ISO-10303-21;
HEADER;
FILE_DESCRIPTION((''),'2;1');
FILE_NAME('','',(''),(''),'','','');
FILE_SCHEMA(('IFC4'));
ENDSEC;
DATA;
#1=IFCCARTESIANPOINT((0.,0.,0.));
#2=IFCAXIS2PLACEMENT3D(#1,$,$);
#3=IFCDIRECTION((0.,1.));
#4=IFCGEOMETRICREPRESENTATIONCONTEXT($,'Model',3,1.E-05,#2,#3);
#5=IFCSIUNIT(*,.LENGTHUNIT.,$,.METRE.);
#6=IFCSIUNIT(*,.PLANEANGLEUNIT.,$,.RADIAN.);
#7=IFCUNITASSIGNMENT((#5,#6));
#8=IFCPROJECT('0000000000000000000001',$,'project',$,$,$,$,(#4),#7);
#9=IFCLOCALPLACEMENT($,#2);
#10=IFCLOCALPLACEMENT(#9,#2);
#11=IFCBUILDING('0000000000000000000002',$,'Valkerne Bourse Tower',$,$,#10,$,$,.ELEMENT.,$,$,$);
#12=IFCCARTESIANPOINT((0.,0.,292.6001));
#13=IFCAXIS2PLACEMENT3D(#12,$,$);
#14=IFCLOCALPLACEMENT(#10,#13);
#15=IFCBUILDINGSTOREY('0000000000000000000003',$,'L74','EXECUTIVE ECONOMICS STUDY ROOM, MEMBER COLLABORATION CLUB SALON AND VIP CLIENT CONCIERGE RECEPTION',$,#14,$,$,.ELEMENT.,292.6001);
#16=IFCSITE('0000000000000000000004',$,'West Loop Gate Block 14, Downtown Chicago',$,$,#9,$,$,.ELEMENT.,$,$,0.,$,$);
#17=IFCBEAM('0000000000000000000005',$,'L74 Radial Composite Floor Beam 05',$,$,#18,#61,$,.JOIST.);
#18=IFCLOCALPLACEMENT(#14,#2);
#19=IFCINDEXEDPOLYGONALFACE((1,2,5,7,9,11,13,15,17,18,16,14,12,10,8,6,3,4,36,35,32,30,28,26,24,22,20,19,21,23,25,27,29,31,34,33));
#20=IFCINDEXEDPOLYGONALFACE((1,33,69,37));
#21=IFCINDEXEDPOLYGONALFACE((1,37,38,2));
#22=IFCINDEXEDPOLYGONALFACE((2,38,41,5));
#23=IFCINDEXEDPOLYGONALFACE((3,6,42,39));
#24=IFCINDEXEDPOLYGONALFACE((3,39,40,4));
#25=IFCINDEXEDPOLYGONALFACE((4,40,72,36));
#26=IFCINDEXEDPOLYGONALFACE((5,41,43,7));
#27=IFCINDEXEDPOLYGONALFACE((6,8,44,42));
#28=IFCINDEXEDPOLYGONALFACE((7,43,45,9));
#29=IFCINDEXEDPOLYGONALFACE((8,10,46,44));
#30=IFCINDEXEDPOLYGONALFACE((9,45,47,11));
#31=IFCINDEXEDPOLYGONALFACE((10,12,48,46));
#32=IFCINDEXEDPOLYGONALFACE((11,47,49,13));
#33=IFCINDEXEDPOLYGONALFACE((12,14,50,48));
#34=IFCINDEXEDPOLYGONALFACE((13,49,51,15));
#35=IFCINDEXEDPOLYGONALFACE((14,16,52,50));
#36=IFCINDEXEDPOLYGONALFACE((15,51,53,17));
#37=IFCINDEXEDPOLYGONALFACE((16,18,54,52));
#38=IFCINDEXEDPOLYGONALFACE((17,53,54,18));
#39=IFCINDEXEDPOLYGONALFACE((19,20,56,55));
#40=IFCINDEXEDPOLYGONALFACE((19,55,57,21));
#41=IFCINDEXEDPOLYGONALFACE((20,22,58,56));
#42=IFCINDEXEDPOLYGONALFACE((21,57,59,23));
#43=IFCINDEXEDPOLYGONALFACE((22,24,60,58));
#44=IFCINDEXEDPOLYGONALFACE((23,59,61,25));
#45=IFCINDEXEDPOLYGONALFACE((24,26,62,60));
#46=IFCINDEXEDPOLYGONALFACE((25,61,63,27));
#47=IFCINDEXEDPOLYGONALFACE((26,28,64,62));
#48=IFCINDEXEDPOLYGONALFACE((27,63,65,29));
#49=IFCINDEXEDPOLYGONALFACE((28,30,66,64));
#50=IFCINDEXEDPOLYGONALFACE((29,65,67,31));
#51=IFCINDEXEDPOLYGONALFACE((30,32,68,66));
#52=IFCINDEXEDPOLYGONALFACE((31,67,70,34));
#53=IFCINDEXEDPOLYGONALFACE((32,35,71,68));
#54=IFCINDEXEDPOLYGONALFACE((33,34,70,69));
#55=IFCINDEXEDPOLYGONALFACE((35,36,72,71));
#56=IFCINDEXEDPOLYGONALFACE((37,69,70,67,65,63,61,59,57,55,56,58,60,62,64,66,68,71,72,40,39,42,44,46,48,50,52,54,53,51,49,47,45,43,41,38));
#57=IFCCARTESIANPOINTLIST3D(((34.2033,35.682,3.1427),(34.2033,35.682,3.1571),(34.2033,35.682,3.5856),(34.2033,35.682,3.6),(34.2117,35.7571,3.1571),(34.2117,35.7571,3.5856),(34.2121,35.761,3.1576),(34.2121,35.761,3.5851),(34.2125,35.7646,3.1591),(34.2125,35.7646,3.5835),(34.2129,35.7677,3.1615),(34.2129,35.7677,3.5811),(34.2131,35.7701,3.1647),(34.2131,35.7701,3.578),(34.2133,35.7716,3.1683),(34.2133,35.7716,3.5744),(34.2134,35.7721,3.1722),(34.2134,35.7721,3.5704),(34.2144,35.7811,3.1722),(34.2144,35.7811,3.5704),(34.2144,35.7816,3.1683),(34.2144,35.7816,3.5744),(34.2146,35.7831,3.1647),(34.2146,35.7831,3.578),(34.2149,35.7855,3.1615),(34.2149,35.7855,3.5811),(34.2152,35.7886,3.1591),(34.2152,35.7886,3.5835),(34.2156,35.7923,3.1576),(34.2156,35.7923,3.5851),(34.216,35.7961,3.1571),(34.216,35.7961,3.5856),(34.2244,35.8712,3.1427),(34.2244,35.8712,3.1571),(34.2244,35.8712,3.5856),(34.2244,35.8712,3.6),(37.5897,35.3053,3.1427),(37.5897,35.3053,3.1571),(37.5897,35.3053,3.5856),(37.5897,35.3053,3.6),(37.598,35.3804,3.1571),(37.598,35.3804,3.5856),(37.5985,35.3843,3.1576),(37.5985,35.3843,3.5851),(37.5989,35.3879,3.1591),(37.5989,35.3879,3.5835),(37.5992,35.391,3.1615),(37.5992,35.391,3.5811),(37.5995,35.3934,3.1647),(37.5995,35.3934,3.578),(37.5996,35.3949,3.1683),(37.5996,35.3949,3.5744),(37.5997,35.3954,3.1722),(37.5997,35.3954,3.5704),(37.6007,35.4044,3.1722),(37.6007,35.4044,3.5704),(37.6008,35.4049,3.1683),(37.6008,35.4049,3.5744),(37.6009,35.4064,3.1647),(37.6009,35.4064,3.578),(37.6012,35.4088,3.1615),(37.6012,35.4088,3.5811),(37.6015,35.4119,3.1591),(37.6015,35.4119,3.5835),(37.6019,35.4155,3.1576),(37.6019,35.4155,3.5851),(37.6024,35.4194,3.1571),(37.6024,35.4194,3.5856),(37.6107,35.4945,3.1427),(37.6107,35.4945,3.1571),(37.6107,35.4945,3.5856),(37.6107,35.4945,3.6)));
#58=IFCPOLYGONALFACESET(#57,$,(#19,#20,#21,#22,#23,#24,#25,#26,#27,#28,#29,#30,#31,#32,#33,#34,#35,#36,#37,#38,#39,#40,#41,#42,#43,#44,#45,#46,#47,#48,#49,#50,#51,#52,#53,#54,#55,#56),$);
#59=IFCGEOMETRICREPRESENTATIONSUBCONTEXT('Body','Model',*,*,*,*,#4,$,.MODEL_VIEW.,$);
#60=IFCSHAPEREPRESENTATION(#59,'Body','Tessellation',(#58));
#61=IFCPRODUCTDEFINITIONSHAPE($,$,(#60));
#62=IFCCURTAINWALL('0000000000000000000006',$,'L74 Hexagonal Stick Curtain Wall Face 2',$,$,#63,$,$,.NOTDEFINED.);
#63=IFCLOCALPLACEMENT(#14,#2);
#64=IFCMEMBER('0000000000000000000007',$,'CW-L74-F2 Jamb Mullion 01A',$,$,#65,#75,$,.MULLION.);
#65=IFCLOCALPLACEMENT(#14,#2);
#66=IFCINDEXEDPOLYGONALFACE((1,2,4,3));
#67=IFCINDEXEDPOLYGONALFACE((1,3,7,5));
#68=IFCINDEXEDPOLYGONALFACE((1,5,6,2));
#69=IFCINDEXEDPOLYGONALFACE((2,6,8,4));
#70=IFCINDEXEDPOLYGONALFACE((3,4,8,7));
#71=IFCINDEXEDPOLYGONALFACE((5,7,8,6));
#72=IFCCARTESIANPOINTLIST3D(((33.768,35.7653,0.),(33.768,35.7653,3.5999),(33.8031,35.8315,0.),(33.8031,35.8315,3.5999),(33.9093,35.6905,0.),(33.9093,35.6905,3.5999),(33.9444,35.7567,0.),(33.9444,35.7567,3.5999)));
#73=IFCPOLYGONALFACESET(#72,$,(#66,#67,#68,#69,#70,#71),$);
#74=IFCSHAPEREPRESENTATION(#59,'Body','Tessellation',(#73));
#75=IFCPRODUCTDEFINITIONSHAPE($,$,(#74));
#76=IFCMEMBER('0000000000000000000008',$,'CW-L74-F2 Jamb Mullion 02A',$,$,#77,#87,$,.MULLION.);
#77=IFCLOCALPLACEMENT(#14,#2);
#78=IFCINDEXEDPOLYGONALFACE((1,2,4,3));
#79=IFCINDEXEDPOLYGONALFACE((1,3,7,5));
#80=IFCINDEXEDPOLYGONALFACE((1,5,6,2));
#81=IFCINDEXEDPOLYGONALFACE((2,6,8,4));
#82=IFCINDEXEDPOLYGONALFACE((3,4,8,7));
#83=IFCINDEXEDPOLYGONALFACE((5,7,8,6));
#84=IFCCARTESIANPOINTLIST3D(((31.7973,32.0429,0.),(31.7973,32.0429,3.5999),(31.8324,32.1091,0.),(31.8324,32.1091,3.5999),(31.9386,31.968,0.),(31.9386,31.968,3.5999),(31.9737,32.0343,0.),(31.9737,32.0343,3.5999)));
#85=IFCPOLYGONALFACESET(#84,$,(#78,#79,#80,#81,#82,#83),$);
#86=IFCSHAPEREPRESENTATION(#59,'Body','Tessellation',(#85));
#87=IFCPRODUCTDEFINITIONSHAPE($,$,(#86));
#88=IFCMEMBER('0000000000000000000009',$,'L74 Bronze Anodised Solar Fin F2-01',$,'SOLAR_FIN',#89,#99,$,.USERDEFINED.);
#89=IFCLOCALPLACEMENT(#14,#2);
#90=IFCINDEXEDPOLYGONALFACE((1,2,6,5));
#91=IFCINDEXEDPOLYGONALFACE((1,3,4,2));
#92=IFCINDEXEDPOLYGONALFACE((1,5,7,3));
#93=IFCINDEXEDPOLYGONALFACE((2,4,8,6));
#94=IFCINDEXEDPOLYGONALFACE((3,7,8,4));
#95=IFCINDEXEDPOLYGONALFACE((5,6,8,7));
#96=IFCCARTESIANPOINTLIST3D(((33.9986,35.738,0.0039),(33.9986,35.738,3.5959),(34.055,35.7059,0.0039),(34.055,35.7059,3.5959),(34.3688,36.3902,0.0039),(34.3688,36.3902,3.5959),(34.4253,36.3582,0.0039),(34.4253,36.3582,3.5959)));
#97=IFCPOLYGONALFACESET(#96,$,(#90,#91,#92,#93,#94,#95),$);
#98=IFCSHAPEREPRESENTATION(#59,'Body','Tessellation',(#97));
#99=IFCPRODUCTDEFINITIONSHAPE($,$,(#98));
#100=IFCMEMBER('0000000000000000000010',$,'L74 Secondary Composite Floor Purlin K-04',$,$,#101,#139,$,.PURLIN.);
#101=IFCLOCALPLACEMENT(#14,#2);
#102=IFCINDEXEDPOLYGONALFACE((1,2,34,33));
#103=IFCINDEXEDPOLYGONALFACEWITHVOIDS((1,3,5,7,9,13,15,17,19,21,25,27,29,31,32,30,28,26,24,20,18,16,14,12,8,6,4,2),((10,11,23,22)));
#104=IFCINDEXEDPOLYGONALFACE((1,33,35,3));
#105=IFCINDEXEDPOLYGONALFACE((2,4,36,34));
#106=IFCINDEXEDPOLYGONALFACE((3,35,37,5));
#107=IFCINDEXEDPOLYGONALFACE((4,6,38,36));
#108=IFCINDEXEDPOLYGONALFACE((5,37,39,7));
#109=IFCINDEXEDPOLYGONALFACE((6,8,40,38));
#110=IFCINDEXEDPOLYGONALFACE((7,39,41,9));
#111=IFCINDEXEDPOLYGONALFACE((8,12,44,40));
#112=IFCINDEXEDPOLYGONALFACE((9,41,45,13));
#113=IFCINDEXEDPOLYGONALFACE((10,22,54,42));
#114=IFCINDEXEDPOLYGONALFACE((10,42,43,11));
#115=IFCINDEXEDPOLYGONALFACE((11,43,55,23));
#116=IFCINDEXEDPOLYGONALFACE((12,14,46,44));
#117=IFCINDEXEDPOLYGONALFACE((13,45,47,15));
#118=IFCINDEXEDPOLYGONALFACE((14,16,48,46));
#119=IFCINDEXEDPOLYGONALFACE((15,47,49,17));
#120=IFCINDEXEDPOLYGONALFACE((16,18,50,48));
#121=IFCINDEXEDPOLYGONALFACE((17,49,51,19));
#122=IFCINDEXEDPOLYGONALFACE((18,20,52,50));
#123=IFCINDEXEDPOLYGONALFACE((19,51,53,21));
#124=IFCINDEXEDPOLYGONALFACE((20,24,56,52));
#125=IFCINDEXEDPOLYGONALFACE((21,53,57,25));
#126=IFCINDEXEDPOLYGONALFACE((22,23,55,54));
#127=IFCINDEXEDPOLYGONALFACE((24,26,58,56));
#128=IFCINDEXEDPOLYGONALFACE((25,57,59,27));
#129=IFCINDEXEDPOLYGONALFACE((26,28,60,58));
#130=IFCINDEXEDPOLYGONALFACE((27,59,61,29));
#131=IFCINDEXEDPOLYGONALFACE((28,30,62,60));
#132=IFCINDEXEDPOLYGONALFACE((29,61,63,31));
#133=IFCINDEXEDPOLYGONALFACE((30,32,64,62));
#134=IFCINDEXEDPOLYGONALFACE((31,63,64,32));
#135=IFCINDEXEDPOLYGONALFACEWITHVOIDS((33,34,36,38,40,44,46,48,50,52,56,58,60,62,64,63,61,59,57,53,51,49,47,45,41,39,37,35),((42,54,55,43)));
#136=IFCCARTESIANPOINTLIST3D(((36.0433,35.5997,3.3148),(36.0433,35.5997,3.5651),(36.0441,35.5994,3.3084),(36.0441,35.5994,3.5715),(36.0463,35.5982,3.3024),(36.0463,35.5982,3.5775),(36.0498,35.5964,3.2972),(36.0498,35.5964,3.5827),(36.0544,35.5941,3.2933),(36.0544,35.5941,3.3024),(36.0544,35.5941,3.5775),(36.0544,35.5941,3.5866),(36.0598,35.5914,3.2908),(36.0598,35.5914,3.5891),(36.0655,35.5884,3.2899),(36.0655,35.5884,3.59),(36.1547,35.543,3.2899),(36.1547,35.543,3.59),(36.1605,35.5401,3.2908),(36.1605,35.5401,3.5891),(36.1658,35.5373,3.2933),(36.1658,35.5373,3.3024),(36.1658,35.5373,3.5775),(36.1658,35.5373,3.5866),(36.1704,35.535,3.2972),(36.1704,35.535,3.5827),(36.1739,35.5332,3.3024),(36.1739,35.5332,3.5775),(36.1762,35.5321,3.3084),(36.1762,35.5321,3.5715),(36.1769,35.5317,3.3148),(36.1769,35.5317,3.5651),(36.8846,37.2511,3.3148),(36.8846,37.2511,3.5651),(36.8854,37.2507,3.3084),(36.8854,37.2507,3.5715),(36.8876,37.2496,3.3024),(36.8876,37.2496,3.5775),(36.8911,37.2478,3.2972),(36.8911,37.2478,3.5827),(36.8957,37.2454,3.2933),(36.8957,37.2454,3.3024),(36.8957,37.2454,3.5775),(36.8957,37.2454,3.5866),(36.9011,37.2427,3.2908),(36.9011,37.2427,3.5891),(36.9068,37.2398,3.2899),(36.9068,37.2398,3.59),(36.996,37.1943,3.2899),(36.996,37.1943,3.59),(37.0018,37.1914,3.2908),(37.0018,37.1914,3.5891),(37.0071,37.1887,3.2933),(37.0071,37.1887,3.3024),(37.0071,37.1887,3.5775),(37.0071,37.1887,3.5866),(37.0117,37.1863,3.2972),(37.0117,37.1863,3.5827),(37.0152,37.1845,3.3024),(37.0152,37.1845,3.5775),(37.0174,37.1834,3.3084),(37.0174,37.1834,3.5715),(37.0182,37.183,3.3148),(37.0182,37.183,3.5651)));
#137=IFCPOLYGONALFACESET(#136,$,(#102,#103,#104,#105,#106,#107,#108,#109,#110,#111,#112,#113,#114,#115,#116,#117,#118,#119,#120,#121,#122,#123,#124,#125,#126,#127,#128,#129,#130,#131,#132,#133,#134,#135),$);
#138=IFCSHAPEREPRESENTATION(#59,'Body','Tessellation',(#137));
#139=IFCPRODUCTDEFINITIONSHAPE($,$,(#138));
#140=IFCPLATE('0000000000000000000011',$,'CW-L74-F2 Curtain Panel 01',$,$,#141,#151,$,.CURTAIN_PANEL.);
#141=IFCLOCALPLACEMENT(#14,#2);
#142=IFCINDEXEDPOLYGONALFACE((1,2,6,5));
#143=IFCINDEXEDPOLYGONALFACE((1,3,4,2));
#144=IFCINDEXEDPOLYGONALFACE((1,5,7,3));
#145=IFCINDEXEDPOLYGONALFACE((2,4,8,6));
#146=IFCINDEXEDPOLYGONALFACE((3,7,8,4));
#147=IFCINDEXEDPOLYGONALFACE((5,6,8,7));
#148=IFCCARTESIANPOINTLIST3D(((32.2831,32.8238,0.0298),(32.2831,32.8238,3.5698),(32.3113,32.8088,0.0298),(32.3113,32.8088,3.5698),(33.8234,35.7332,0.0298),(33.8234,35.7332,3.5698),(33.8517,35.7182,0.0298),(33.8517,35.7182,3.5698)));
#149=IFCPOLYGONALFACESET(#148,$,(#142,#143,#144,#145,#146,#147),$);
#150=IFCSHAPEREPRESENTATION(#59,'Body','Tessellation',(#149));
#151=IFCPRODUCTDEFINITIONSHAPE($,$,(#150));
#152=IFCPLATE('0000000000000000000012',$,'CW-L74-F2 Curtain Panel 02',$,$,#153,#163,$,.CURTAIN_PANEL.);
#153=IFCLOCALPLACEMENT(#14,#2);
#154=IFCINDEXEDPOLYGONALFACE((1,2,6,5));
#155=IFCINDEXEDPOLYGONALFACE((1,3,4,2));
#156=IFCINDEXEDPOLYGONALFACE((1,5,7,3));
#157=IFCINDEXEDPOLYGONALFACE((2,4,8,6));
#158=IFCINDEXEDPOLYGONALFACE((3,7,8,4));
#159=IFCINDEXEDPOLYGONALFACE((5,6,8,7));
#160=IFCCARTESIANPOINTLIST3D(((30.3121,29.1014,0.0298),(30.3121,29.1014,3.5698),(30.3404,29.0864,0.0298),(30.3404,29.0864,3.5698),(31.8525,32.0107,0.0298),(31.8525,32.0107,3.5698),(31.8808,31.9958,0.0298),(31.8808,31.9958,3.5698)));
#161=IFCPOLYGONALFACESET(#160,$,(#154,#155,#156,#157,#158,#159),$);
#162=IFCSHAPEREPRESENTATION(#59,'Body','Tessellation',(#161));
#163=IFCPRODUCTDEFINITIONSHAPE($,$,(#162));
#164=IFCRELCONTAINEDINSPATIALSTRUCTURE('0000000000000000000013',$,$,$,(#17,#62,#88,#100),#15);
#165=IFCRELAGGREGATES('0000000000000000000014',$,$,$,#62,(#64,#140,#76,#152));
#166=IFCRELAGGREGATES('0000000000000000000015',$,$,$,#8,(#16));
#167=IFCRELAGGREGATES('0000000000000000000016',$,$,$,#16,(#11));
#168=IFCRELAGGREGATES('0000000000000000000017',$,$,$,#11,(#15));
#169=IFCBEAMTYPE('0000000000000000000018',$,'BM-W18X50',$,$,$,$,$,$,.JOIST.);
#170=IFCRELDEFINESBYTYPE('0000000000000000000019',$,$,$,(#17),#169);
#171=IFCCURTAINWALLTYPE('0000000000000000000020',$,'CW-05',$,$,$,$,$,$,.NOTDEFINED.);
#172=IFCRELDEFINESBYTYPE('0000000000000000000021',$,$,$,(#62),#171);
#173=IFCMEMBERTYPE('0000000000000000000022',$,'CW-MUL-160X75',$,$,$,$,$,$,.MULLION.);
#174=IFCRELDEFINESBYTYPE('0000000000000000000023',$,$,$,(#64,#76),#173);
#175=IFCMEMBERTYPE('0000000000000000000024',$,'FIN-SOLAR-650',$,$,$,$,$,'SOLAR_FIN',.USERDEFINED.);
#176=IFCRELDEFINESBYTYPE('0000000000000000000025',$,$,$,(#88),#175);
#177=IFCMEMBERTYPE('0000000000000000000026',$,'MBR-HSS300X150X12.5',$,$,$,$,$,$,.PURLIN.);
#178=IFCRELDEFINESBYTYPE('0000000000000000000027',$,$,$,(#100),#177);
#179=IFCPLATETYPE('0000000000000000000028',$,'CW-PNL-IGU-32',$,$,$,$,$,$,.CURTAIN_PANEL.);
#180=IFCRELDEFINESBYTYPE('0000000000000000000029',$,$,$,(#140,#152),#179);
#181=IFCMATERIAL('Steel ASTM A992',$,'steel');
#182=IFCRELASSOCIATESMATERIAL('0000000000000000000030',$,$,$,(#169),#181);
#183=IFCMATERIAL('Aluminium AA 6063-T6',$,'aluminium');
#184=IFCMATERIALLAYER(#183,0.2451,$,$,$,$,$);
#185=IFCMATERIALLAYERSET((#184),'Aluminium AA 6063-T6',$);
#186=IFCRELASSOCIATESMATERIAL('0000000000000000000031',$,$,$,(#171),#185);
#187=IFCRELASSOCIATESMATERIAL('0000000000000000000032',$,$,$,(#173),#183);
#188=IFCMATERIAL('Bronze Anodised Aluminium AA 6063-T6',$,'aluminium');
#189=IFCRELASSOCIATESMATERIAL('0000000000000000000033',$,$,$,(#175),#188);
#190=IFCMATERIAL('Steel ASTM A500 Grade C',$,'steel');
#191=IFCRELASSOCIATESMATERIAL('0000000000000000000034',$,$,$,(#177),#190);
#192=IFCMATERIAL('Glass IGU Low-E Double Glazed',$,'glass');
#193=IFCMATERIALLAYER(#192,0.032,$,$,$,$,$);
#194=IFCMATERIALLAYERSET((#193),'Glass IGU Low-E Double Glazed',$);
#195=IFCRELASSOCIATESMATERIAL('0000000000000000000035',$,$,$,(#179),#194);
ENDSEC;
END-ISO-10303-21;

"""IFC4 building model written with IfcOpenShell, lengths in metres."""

from ifc_helpers import new_model, si_unit, direction, frame, origin, origin_2d, place, context, subcontext, project, spatial, rectangle, hollow_rectangle, i_section, extrude, material, layer, layer_set, material_profile, profile_set, type_object, element, aggregate, save


model = new_model("IFC4")

# Units and contexts
model_context = context("Model", 3, precision=1e-05, world=origin(), true_north=direction((0.0, 1.0)))
body_context = subcontext(model_context, "Body", "Model", "MODEL_VIEW")
ifc_project = project(units=[si_unit("LENGTHUNIT", "METRE"), si_unit("PLANEANGLEUNIT", "RADIAN")], contexts=[model_context])

# Site, building, storey
site_placement = place(None, origin())
site = spatial("IfcSite", under=ifc_project, at=site_placement, Name="West Loop Gate Block 14, Downtown Chicago", CompositionType="ELEMENT", RefElevation=0.0)
building_placement = place(site_placement, origin())
building = spatial("IfcBuilding", under=site, at=building_placement, Name="Valkerne Bourse Tower", CompositionType="ELEMENT")
storey_placement = place(building_placement, frame((0.0, 0.0, 292.6001)))
storey = spatial("IfcBuildingStorey", under=building, at=storey_placement, Name="L74", Description="EXECUTIVE ECONOMICS STUDY ROOM, MEMBER COLLABORATION CLUB SALON AND VIP CLIENT CONCIERGE RECEPTION", CompositionType="ELEMENT", Elevation=292.6001)

# Beam
ifc_material_1 = material(Name="Steel ASTM A992", Category="steel")
ifc_material_profile_1 = material_profile(ifc_material_1, i_section(OverallWidth=0.1904, OverallDepth=0.4573, WebThickness=0.009, FlangeThickness=0.0144, FilletRadius=0.0151, at=origin_2d()), Name="W18X50")
ifc_profile_set_1 = profile_set([ifc_material_profile_1], Name="Steel ASTM A992")
beam_type_1 = type_object("IfcBeamType", Name="BM-W18X50", PredefinedType="JOIST", material=ifc_profile_set_1)
beam_placement = place(storey_placement, frame((34.2139, 35.7766, 3.3713), z_axis=(0.993869, -0.110565, 0.0), x_axis=(0.110565, 0.993869, 0.0)))
element("IfcBeam", 1, at=beam_placement, inside=storey, type_object=beam_type_1, Name="L74 Radial Composite Floor Beam 05", PredefinedType="JOIST", context=body_context, shape_type="SweptSolid", body=[
    extrude(i_section(OverallWidth=0.1904, OverallDepth=0.4573, WebThickness=0.009, FlangeThickness=0.0144, FilletRadius=0.0151, at=origin_2d()), origin(), (0.0, 0.0, 1.0), 3.4072),
])

# Curtain wall, members
ifc_material_2 = material(Name="Aluminium AA 6063-T6", Category="aluminium")
ifc_layer_1 = layer(ifc_material_2, 0.2451)
ifc_layer_set_1 = layer_set([ifc_layer_1], Name="Aluminium AA 6063-T6")
curtain_wall_type = type_object("IfcCurtainWallType", Name="CW-05", PredefinedType="NOTDEFINED", material=ifc_layer_set_1)
curtain_wall_placement = place(storey_placement, origin())
curtain_wall = element("IfcCurtainWall", 2, at=curtain_wall_placement, inside=storey, type_object=curtain_wall_type, Name="L74 Hexagonal Stick Curtain Wall Face 2", PredefinedType="NOTDEFINED")
ifc_material_profile_2 = material_profile(ifc_material_2, rectangle(XDim=0.075, YDim=0.1599, at=origin_2d()), Name="CWM-75X160")
ifc_profile_set_2 = profile_set([ifc_material_profile_2], Name="Aluminium AA 6063-T6")
member_type_1 = type_object("IfcMemberType", Name="CW-MUL-160X75", PredefinedType="MULLION", material=ifc_profile_set_2)
member_1_placement = place(storey_placement, frame((33.8562, 35.761, 0.0), z_axis=(0.0, 0.0, 1.0), x_axis=(-0.467918, -0.883772, 0.0)))
member_1 = element("IfcMember", 3, at=member_1_placement, type_object=member_type_1, Name="CW-L74-F2 Jamb Mullion 01A", PredefinedType="MULLION", context=body_context, shape_type="SweptSolid", body=[
    extrude(rectangle(XDim=0.075, YDim=0.1599, at=origin_2d()), origin(), (0.0, 0.0, 1.0), 3.5999),
])
member_2_placement = place(storey_placement, frame((31.8855, 32.0386, 0.0), z_axis=(0.0, 0.0, 1.0), x_axis=(-0.467928, -0.883767, 0.0)))
member_2 = element("IfcMember", 4, at=member_2_placement, type_object=member_type_1, Name="CW-L74-F2 Jamb Mullion 02A", PredefinedType="MULLION", context=body_context, shape_type="SweptSolid", body=[
    extrude(rectangle(XDim=0.075, YDim=0.1599, at=origin_2d()), origin(), (0.0, 0.0, 1.0), 3.5999),
])

# Members
ifc_material_3 = material(Name="Bronze Anodised Aluminium AA 6063-T6", Category="aluminium")
ifc_material_profile_3 = material_profile(ifc_material_3, rectangle(XDim=0.0649, YDim=0.75, at=origin_2d()), Name="FIN-65X750")
ifc_profile_set_3 = profile_set([ifc_material_profile_3], Name="Bronze Anodised Aluminium AA 6063-T6")
member_type_2 = type_object("IfcMemberType", Name="FIN-SOLAR-650", ElementType="SOLAR_FIN", PredefinedType="USERDEFINED", material=ifc_profile_set_3)
member_3_placement = place(storey_placement, frame((34.2119, 36.0481, 0.0039), z_axis=(0.0, 0.0, 1.0), x_axis=(-0.869659, 0.493653, 0.0)))
element("IfcMember", 5, at=member_3_placement, inside=storey, type_object=member_type_2, Name="L74 Bronze Anodised Solar Fin F2-01", ObjectType="SOLAR_FIN", PredefinedType="USERDEFINED", context=body_context, shape_type="SweptSolid", body=[
    extrude(rectangle(XDim=0.0649, YDim=0.75, at=origin_2d()), origin(), (0.0, 0.0, 1.0), 3.592),
])
ifc_material_4 = material(Name="Steel ASTM A500 Grade C", Category="steel")
ifc_material_profile_4 = material_profile(ifc_material_4, hollow_rectangle(XDim=0.1499, YDim=0.3, WallThickness=0.0125, OuterFilletRadius=0.0249, at=origin_2d()), Name="HSS300X150X12.5")
ifc_profile_set_4 = profile_set([ifc_material_profile_4], Name="Steel ASTM A500 Grade C")
member_type_3 = type_object("IfcMemberType", Name="MBR-HSS300X150X12.5", PredefinedType="PURLIN", material=ifc_profile_set_4)
member_4_placement = place(storey_placement, frame((36.9514, 37.217, 3.4399), z_axis=(-0.453946, -0.891029, 0.0), x_axis=(0.891029, -0.453946, 0.0)))
element("IfcMember", 6, at=member_4_placement, inside=storey, type_object=member_type_3, Name="L74 Secondary Composite Floor Purlin K-04", PredefinedType="PURLIN", context=body_context, shape_type="SweptSolid", body=[
    extrude(hollow_rectangle(XDim=0.1499, YDim=0.3, WallThickness=0.0125, OuterFilletRadius=0.0249, at=origin_2d()), origin(), (0.0, 0.0, 1.0), 1.8533),
])

# Plates
ifc_material_5 = material(Name="Glass IGU Low-E Double Glazed", Category="glass")
ifc_layer_2 = layer(ifc_material_5, 0.032)
ifc_layer_set_2 = layer_set([ifc_layer_2], Name="Glass IGU Low-E Double Glazed")
plate_type = type_object("IfcPlateType", Name="CW-PNL-IGU-32", PredefinedType="CURTAIN_PANEL", material=ifc_layer_set_2)
plate_1_placement = place(storey_placement, frame((33.0674, 34.271, 0.0298), z_axis=(0.0, 0.0, 1.0), x_axis=(-0.467918, -0.883772, 0.0)))
plate_1 = element("IfcPlate", 7, at=plate_1_placement, type_object=plate_type, Name="CW-L74-F2 Curtain Panel 01", PredefinedType="CURTAIN_PANEL", context=body_context, shape_type="SweptSolid", body=[
    extrude(rectangle(XDim=3.292, YDim=0.032, at=origin_2d()), origin(), (0.0, 0.0, 1.0), 3.54),
])
plate_2_placement = place(storey_placement, frame((31.0964, 30.5486, 0.0298), z_axis=(0.0, 0.0, 1.0), x_axis=(-0.467928, -0.883767, 0.0)))
plate_2 = element("IfcPlate", 8, at=plate_2_placement, type_object=plate_type, Name="CW-L74-F2 Curtain Panel 02", PredefinedType="CURTAIN_PANEL", context=body_context, shape_type="SweptSolid", body=[
    extrude(rectangle(XDim=3.292, YDim=0.032, at=origin_2d()), origin(), (0.0, 0.0, 1.0), 3.54),
])
aggregate(curtain_wall, [member_1, plate_1, member_2, plate_2])

save(model, "model.ifc")
